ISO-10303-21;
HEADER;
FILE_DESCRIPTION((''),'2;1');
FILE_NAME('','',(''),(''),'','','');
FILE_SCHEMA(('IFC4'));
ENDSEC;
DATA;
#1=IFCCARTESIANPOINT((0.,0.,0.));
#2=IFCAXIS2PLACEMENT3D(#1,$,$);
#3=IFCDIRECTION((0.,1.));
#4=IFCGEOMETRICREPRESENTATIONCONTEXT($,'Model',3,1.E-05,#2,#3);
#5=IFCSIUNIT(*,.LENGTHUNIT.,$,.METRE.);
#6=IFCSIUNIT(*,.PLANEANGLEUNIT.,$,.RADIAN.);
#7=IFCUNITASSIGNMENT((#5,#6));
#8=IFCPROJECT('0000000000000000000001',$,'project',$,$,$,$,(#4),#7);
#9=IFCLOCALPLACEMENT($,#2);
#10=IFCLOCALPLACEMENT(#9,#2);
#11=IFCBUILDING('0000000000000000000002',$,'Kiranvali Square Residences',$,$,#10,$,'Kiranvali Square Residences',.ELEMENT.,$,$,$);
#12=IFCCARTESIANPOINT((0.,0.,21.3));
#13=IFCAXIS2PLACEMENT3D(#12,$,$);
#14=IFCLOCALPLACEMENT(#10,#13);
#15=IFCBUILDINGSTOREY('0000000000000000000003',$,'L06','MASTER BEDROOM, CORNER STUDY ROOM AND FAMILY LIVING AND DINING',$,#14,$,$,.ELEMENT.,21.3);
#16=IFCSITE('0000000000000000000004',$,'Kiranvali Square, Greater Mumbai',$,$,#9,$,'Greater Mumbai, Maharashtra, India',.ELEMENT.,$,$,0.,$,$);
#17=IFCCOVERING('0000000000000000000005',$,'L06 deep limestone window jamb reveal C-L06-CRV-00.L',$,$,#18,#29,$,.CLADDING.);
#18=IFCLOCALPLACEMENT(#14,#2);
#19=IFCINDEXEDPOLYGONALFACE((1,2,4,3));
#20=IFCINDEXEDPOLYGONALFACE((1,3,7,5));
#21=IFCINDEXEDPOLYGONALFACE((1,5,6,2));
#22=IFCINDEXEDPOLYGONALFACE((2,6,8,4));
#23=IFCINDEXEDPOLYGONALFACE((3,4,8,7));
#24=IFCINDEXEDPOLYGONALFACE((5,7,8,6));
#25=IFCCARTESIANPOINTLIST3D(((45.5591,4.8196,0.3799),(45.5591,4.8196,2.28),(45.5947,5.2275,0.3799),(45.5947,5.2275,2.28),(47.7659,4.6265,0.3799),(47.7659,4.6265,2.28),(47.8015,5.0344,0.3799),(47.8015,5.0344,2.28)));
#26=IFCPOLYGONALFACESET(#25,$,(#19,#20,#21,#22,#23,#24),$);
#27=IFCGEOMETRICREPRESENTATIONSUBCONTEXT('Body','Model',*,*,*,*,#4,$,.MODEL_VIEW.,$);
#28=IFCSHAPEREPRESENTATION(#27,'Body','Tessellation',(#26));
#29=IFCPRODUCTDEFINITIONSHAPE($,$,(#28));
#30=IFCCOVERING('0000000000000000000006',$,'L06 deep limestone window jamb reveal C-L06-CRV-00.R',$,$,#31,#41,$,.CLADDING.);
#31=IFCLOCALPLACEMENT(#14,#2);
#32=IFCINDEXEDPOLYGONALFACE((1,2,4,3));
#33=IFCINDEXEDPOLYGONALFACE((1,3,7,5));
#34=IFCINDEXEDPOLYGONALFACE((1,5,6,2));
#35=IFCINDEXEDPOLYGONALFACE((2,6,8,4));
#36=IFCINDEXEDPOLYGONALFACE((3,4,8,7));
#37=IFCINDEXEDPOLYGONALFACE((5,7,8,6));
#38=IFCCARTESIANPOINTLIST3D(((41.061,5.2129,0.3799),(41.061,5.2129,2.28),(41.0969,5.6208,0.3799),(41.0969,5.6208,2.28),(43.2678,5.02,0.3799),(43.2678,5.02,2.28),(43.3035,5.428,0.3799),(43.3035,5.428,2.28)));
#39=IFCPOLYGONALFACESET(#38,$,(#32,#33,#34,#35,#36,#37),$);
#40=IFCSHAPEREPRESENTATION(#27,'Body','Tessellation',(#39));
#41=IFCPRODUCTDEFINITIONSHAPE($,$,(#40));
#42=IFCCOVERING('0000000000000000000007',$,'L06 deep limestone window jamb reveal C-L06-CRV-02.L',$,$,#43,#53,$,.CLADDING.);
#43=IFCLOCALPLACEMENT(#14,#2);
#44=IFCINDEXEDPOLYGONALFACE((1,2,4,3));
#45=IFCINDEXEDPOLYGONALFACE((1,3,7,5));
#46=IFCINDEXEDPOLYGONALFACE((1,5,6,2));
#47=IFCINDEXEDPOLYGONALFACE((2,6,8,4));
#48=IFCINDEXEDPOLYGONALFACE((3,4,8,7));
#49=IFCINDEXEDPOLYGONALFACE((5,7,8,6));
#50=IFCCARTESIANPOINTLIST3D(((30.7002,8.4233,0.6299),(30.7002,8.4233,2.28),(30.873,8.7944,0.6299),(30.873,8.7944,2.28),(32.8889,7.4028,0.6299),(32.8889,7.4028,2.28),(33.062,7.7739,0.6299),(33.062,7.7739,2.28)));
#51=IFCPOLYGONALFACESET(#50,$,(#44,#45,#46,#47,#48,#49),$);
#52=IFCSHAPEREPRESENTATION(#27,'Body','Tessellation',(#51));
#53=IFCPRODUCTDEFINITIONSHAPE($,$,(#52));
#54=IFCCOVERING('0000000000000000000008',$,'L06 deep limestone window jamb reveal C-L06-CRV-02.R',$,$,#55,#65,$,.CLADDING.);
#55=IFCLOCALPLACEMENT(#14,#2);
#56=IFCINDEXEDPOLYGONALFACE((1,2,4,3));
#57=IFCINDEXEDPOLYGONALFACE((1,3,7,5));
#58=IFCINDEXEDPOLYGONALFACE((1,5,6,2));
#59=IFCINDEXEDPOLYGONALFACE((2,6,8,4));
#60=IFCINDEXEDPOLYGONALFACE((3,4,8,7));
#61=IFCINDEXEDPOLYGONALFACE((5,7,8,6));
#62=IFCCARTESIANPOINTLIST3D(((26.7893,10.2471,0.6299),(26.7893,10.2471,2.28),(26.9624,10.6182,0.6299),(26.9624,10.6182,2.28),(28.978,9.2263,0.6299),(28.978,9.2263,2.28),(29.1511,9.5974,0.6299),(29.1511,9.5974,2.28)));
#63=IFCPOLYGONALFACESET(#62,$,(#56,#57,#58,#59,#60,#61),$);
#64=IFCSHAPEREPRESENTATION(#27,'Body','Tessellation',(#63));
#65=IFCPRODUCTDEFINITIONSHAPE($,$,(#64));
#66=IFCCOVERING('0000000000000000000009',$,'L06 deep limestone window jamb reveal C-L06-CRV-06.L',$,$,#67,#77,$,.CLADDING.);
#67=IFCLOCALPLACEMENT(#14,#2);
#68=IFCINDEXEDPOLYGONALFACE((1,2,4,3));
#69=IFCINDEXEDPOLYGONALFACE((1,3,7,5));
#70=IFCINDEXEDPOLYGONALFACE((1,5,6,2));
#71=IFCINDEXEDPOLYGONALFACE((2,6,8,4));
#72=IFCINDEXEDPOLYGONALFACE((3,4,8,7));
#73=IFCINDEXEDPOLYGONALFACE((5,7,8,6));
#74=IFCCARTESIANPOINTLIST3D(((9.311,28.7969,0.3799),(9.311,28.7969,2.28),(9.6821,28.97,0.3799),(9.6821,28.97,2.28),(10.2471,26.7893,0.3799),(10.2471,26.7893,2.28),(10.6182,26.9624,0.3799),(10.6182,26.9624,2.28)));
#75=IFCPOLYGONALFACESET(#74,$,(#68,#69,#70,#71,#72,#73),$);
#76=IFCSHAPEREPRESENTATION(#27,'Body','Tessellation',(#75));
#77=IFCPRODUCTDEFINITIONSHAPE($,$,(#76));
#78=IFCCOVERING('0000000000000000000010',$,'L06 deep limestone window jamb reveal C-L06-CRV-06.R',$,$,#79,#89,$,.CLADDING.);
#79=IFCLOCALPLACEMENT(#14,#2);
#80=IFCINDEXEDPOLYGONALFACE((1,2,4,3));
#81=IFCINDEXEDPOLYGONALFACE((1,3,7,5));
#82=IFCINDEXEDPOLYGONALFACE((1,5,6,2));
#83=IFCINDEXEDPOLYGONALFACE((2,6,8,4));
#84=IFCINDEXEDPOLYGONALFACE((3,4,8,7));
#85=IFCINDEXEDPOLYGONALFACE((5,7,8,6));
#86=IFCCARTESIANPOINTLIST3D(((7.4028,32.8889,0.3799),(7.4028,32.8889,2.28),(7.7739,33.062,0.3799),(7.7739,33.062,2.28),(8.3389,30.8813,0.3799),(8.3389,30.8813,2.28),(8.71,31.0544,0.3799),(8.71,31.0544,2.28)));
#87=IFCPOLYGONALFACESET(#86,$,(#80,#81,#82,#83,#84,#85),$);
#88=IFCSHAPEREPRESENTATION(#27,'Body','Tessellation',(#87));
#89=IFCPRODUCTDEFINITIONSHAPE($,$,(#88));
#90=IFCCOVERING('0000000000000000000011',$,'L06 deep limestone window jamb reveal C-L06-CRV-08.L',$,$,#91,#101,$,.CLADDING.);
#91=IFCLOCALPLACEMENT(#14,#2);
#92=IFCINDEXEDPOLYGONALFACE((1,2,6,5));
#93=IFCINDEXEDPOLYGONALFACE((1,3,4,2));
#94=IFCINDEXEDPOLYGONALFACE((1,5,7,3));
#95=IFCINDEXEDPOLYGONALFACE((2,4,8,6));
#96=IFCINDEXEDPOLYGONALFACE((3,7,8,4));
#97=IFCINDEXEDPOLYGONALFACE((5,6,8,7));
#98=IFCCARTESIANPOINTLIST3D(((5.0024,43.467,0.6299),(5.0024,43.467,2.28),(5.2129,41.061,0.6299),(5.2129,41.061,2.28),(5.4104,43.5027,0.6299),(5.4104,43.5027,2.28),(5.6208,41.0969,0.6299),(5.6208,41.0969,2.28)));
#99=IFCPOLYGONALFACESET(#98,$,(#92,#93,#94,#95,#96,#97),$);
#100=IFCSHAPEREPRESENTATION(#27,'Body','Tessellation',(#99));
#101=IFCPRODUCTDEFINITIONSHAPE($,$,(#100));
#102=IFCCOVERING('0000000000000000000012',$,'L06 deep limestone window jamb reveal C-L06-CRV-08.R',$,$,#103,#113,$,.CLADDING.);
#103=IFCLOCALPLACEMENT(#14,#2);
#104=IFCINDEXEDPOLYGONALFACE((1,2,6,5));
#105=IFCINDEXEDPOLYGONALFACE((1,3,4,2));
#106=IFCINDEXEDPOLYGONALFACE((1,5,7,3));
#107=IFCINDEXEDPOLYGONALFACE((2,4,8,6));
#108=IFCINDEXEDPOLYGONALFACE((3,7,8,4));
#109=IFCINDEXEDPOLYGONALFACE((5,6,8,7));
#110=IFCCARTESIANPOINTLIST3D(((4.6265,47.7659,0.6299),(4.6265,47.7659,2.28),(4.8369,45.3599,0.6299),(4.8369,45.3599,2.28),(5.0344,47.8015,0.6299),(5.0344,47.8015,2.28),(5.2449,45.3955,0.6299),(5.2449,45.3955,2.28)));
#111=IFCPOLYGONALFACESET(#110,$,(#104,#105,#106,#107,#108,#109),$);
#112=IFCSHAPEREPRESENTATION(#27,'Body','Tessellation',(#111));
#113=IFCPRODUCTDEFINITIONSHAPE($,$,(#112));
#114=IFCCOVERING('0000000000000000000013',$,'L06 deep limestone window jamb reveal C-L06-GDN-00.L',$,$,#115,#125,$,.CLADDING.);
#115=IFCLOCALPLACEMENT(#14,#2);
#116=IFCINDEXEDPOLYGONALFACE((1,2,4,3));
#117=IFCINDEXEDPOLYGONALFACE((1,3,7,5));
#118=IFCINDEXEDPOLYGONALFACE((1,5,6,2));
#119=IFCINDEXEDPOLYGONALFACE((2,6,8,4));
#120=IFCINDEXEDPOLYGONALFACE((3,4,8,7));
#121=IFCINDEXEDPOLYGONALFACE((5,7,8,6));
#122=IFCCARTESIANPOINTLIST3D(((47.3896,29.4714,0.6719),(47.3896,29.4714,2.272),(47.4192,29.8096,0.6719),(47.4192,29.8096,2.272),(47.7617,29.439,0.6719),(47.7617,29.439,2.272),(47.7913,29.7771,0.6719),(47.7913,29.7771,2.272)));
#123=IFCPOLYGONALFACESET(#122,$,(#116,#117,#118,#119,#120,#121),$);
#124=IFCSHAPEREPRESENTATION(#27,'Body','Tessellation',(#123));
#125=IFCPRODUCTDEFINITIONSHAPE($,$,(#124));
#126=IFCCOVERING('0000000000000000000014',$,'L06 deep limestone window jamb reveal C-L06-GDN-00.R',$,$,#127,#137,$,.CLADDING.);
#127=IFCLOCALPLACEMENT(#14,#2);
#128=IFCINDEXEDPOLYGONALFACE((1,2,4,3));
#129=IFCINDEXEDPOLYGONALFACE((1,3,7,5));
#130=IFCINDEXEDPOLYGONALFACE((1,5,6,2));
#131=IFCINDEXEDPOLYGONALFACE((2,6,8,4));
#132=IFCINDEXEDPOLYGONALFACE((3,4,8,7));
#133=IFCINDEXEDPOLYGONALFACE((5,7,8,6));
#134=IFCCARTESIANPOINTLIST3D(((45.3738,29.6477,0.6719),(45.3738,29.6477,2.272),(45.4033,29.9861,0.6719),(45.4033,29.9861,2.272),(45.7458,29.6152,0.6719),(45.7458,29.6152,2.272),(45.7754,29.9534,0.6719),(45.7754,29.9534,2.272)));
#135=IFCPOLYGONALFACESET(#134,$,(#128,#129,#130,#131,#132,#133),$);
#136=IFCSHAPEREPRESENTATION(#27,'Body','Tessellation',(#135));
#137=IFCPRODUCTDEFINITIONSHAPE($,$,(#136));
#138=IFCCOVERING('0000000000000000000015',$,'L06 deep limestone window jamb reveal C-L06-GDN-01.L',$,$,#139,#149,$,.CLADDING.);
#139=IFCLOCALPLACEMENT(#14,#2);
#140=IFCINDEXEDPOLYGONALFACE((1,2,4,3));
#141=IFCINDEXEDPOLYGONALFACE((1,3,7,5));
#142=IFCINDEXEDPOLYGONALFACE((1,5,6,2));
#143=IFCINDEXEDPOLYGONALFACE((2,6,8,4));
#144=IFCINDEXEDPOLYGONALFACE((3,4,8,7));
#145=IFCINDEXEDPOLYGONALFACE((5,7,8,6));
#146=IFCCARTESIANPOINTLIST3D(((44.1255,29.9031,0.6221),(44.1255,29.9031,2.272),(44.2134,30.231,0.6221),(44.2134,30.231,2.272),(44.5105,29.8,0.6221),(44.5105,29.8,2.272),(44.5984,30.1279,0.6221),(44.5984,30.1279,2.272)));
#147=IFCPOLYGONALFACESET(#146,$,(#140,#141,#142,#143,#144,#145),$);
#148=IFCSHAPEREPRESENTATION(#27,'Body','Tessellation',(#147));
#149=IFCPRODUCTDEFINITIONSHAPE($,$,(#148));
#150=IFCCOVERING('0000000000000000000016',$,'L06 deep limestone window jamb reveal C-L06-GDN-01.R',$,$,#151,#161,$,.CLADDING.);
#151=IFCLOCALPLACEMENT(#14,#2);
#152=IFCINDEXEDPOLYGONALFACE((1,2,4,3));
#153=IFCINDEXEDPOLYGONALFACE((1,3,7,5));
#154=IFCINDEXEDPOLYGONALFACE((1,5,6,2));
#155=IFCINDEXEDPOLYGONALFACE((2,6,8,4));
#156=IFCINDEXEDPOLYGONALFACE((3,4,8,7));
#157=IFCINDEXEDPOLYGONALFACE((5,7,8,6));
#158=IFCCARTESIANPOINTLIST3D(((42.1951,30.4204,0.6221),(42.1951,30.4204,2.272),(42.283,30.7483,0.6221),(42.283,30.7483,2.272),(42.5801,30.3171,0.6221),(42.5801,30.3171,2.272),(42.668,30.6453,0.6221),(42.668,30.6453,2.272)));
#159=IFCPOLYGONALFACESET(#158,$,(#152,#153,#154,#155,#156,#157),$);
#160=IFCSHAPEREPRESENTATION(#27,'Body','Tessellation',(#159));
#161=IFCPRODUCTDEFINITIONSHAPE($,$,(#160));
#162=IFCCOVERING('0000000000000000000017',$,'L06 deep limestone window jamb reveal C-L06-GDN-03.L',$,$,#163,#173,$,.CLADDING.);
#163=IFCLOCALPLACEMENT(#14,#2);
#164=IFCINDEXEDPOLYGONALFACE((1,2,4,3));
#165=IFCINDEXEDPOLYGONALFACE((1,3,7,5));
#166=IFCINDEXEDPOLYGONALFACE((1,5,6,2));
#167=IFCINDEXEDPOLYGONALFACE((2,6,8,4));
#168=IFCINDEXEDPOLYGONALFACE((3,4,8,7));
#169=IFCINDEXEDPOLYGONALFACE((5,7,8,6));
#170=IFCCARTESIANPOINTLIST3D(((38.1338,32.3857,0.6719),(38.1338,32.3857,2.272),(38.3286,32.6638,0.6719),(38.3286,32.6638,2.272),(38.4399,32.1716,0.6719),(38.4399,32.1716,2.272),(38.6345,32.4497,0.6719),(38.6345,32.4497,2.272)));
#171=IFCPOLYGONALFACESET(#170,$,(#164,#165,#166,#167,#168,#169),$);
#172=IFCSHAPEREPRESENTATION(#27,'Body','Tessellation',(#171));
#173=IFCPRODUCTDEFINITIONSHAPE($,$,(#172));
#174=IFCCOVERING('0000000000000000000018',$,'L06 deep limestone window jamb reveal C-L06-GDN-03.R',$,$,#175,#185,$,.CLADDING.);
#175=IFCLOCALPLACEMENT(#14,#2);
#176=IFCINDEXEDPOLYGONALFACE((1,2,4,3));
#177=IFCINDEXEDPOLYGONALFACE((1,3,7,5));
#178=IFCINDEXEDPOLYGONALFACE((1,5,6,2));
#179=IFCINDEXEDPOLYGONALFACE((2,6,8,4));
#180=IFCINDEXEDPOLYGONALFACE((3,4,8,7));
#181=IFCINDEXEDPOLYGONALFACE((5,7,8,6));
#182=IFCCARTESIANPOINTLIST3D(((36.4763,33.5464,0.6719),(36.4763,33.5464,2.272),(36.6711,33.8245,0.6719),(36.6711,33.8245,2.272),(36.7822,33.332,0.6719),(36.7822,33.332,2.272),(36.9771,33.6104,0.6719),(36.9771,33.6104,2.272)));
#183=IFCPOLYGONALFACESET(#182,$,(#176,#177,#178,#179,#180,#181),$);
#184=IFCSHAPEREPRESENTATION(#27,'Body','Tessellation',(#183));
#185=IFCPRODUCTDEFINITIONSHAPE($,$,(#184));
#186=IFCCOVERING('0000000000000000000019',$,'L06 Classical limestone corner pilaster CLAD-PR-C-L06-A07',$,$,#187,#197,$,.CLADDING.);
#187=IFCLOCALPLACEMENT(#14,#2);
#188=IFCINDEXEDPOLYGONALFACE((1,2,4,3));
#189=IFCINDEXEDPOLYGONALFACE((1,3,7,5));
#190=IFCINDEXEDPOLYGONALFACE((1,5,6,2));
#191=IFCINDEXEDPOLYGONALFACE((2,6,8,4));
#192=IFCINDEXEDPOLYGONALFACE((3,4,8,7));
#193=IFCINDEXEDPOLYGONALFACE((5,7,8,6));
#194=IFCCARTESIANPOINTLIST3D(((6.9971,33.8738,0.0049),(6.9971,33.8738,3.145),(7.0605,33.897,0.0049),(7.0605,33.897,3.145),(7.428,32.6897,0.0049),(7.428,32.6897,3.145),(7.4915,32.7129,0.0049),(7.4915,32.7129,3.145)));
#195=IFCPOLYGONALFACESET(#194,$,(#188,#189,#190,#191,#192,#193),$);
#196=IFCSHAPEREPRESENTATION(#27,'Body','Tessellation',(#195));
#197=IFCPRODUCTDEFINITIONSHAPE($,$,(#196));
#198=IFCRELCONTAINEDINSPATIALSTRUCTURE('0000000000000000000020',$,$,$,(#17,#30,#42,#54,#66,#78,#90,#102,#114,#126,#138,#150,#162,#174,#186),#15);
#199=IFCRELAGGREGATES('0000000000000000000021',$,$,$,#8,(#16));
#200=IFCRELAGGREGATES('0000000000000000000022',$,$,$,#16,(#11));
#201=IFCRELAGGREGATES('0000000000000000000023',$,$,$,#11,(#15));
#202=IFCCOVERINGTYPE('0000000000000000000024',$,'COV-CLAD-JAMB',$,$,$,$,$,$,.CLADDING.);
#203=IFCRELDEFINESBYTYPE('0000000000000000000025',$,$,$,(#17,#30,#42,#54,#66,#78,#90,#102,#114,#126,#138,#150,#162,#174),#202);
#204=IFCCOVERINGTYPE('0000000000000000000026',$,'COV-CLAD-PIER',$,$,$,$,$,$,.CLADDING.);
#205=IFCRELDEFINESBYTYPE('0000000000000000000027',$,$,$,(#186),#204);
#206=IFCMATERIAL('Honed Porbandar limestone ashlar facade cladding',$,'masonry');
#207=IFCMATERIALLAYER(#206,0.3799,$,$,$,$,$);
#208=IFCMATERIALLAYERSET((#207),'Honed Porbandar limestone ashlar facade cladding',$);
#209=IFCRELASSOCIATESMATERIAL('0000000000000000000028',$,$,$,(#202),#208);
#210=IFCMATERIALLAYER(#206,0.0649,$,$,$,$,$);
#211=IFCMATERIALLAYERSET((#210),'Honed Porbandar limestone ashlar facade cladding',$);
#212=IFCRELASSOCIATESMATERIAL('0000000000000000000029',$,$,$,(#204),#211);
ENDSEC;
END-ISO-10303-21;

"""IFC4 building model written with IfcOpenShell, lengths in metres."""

from ifc_helpers import new_model, si_unit, direction, frame, origin, place, context, subcontext, project, spatial, polyline, outline, extrude, material, layer, layer_set, type_object, element, save


model = new_model("IFC4")

# Units and contexts
model_context = context("Model", 3, precision=1e-05, world=origin(), true_north=direction((0.0, 1.0)))
body_context = subcontext(model_context, "Body", "Model", "MODEL_VIEW")
ifc_project = project(units=[si_unit("LENGTHUNIT", "METRE"), si_unit("PLANEANGLEUNIT", "RADIAN")], contexts=[model_context])

# Site, building, storey
site_placement = place(None, origin())
site = spatial("IfcSite", under=ifc_project, at=site_placement, Name="Kiranvali Square, Greater Mumbai", LongName="Greater Mumbai, Maharashtra, India", CompositionType="ELEMENT", RefElevation=0.0)
building_placement = place(site_placement, origin())
building = spatial("IfcBuilding", under=site, at=building_placement, Name="Kiranvali Square Residences", LongName="Kiranvali Square Residences", CompositionType="ELEMENT")
storey_placement = place(building_placement, frame((0.0, 0.0, 21.3)))
storey = spatial("IfcBuildingStorey", under=building, at=storey_placement, Name="L06", Description="MASTER BEDROOM, CORNER STUDY ROOM AND FAMILY LIVING AND DINING", CompositionType="ELEMENT", Elevation=21.3)

# Coverings
ifc_material = material(Name="Honed Porbandar limestone ashlar facade cladding", Category="masonry")
ifc_layer_1 = layer(ifc_material, 0.3799)
ifc_layer_set_1 = layer_set([ifc_layer_1], Name="Honed Porbandar limestone ashlar facade cladding")
covering_type_1 = type_object("IfcCoveringType", Name="COV-CLAD-JAMB", PredefinedType="CLADDING", material=ifc_layer_set_1)
covering_1_placement = place(storey_placement, frame((0.0, 0.0, 0.3799)))
element("IfcCovering", 1, at=covering_1_placement, inside=storey, type_object=covering_type_1, Name="L06 deep limestone window jamb reveal C-L06-CRV-00.L", PredefinedType="CLADDING", context=body_context, shape_type="SweptSolid", body=[
    extrude(outline(polyline([(47.8015, 5.0344), (45.5947, 5.2275), (45.5591, 4.8196), (47.7659, 4.6265), (47.8015, 5.0344)])), origin(), (0.0, 0.0, 1.0), 1.9001),
])
covering_2_placement = place(storey_placement, frame((0.0, 0.0, 0.3799)))
element("IfcCovering", 2, at=covering_2_placement, inside=storey, type_object=covering_type_1, Name="L06 deep limestone window jamb reveal C-L06-CRV-00.R", PredefinedType="CLADDING", context=body_context, shape_type="SweptSolid", body=[
    extrude(outline(polyline([(43.3035, 5.428), (41.0969, 5.6208), (41.061, 5.2129), (43.2678, 5.02), (43.3035, 5.428)])), origin(), (0.0, 0.0, 1.0), 1.9001),
])
covering_3_placement = place(storey_placement, frame((0.0, 0.0, 0.6299)))
element("IfcCovering", 3, at=covering_3_placement, inside=storey, type_object=covering_type_1, Name="L06 deep limestone window jamb reveal C-L06-CRV-02.L", PredefinedType="CLADDING", context=body_context, shape_type="SweptSolid", body=[
    extrude(outline(polyline([(33.062, 7.7739), (30.873, 8.7944), (30.7002, 8.4233), (32.8889, 7.4028), (33.062, 7.7739)])), origin(), (0.0, 0.0, 1.0), 1.6501),
])
covering_4_placement = place(storey_placement, frame((0.0, 0.0, 0.6299)))
element("IfcCovering", 4, at=covering_4_placement, inside=storey, type_object=covering_type_1, Name="L06 deep limestone window jamb reveal C-L06-CRV-02.R", PredefinedType="CLADDING", context=body_context, shape_type="SweptSolid", body=[
    extrude(outline(polyline([(29.1511, 9.5974), (26.9624, 10.6182), (26.7893, 10.2471), (28.978, 9.2263), (29.1511, 9.5974)])), origin(), (0.0, 0.0, 1.0), 1.6501),
])
covering_5_placement = place(storey_placement, frame((0.0, 0.0, 0.3799)))
element("IfcCovering", 5, at=covering_5_placement, inside=storey, type_object=covering_type_1, Name="L06 deep limestone window jamb reveal C-L06-CRV-06.L", PredefinedType="CLADDING", context=body_context, shape_type="SweptSolid", body=[
    extrude(outline(polyline([(10.6182, 26.9624), (9.6821, 28.97), (9.311, 28.7969), (10.2471, 26.7893), (10.6182, 26.9624)])), origin(), (0.0, 0.0, 1.0), 1.9001),
])
covering_6_placement = place(storey_placement, frame((0.0, 0.0, 0.3799)))
element("IfcCovering", 6, at=covering_6_placement, inside=storey, type_object=covering_type_1, Name="L06 deep limestone window jamb reveal C-L06-CRV-06.R", PredefinedType="CLADDING", context=body_context, shape_type="SweptSolid", body=[
    extrude(outline(polyline([(8.71, 31.0544), (7.7739, 33.062), (7.4028, 32.8889), (8.3389, 30.8813), (8.71, 31.0544)])), origin(), (0.0, 0.0, 1.0), 1.9001),
])
covering_7_placement = place(storey_placement, frame((0.0, 0.0, 0.6299)))
element("IfcCovering", 7, at=covering_7_placement, inside=storey, type_object=covering_type_1, Name="L06 deep limestone window jamb reveal C-L06-CRV-08.L", PredefinedType="CLADDING", context=body_context, shape_type="SweptSolid", body=[
    extrude(outline(polyline([(5.6208, 41.0969), (5.4104, 43.5027), (5.0024, 43.467), (5.2129, 41.061), (5.6208, 41.0969)])), origin(), (0.0, 0.0, 1.0), 1.6501),
])
covering_8_placement = place(storey_placement, frame((0.0, 0.0, 0.6299)))
element("IfcCovering", 8, at=covering_8_placement, inside=storey, type_object=covering_type_1, Name="L06 deep limestone window jamb reveal C-L06-CRV-08.R", PredefinedType="CLADDING", context=body_context, shape_type="SweptSolid", body=[
    extrude(outline(polyline([(5.2449, 45.3955), (5.0344, 47.8015), (4.6265, 47.7659), (4.8369, 45.3599), (5.2449, 45.3955)])), origin(), (0.0, 0.0, 1.0), 1.6501),
])
covering_9_placement = place(storey_placement, frame((0.0, 0.0, 0.6719)))
element("IfcCovering", 9, at=covering_9_placement, inside=storey, type_object=covering_type_1, Name="L06 deep limestone window jamb reveal C-L06-GDN-00.L", PredefinedType="CLADDING", context=body_context, shape_type="SweptSolid", body=[
    extrude(outline(polyline([(47.7913, 29.7771), (47.4192, 29.8096), (47.3896, 29.4714), (47.7617, 29.439), (47.7913, 29.7771)])), origin(), (0.0, 0.0, 1.0), 1.6001),
])
covering_10_placement = place(storey_placement, frame((0.0, 0.0, 0.6719)))
element("IfcCovering", 10, at=covering_10_placement, inside=storey, type_object=covering_type_1, Name="L06 deep limestone window jamb reveal C-L06-GDN-00.R", PredefinedType="CLADDING", context=body_context, shape_type="SweptSolid", body=[
    extrude(outline(polyline([(45.7754, 29.9534), (45.4033, 29.9861), (45.3738, 29.6477), (45.7458, 29.6152), (45.7754, 29.9534)])), origin(), (0.0, 0.0, 1.0), 1.6001),
])
covering_11_placement = place(storey_placement, frame((0.0, 0.0, 0.6221)))
element("IfcCovering", 11, at=covering_11_placement, inside=storey, type_object=covering_type_1, Name="L06 deep limestone window jamb reveal C-L06-GDN-01.L", PredefinedType="CLADDING", context=body_context, shape_type="SweptSolid", body=[
    extrude(outline(polyline([(44.5984, 30.1279), (44.2134, 30.231), (44.1255, 29.9031), (44.5105, 29.8), (44.5984, 30.1279)])), origin(), (0.0, 0.0, 1.0), 1.6499),
])
covering_12_placement = place(storey_placement, frame((0.0, 0.0, 0.6221)))
element("IfcCovering", 12, at=covering_12_placement, inside=storey, type_object=covering_type_1, Name="L06 deep limestone window jamb reveal C-L06-GDN-01.R", PredefinedType="CLADDING", context=body_context, shape_type="SweptSolid", body=[
    extrude(outline(polyline([(42.668, 30.6453), (42.283, 30.7483), (42.1951, 30.4204), (42.5801, 30.3171), (42.668, 30.6453)])), origin(), (0.0, 0.0, 1.0), 1.6499),
])
covering_13_placement = place(storey_placement, frame((0.0, 0.0, 0.6719)))
element("IfcCovering", 13, at=covering_13_placement, inside=storey, type_object=covering_type_1, Name="L06 deep limestone window jamb reveal C-L06-GDN-03.L", PredefinedType="CLADDING", context=body_context, shape_type="SweptSolid", body=[
    extrude(outline(polyline([(38.6345, 32.4497), (38.3286, 32.6638), (38.1338, 32.3857), (38.4399, 32.1716), (38.6345, 32.4497)])), origin(), (0.0, 0.0, 1.0), 1.6001),
])
covering_14_placement = place(storey_placement, frame((0.0, 0.0, 0.6719)))
element("IfcCovering", 14, at=covering_14_placement, inside=storey, type_object=covering_type_1, Name="L06 deep limestone window jamb reveal C-L06-GDN-03.R", PredefinedType="CLADDING", context=body_context, shape_type="SweptSolid", body=[
    extrude(outline(polyline([(36.9771, 33.6104), (36.6711, 33.8245), (36.4763, 33.5464), (36.7822, 33.332), (36.9771, 33.6104)])), origin(), (0.0, 0.0, 1.0), 1.6001),
])
ifc_layer_2 = layer(ifc_material, 0.0649)
ifc_layer_set_2 = layer_set([ifc_layer_2], Name="Honed Porbandar limestone ashlar facade cladding")
covering_type_2 = type_object("IfcCoveringType", Name="COV-CLAD-PIER", PredefinedType="CLADDING", material=ifc_layer_set_2)
covering_15_placement = place(storey_placement, frame((0.0, 0.0, 0.0049)))
element("IfcCovering", 15, at=covering_15_placement, inside=storey, type_object=covering_type_2, Name="L06 Classical limestone corner pilaster CLAD-PR-C-L06-A07", PredefinedType="CLADDING", context=body_context, shape_type="SweptSolid", body=[
    extrude(outline(polyline([(6.9971, 33.8738), (7.428, 32.6897), (7.4915, 32.7129), (7.0605, 33.897), (6.9971, 33.8738)])), origin(), (0.0, 0.0, 1.0), 3.1401),
])

save(model, "model.ifc")
